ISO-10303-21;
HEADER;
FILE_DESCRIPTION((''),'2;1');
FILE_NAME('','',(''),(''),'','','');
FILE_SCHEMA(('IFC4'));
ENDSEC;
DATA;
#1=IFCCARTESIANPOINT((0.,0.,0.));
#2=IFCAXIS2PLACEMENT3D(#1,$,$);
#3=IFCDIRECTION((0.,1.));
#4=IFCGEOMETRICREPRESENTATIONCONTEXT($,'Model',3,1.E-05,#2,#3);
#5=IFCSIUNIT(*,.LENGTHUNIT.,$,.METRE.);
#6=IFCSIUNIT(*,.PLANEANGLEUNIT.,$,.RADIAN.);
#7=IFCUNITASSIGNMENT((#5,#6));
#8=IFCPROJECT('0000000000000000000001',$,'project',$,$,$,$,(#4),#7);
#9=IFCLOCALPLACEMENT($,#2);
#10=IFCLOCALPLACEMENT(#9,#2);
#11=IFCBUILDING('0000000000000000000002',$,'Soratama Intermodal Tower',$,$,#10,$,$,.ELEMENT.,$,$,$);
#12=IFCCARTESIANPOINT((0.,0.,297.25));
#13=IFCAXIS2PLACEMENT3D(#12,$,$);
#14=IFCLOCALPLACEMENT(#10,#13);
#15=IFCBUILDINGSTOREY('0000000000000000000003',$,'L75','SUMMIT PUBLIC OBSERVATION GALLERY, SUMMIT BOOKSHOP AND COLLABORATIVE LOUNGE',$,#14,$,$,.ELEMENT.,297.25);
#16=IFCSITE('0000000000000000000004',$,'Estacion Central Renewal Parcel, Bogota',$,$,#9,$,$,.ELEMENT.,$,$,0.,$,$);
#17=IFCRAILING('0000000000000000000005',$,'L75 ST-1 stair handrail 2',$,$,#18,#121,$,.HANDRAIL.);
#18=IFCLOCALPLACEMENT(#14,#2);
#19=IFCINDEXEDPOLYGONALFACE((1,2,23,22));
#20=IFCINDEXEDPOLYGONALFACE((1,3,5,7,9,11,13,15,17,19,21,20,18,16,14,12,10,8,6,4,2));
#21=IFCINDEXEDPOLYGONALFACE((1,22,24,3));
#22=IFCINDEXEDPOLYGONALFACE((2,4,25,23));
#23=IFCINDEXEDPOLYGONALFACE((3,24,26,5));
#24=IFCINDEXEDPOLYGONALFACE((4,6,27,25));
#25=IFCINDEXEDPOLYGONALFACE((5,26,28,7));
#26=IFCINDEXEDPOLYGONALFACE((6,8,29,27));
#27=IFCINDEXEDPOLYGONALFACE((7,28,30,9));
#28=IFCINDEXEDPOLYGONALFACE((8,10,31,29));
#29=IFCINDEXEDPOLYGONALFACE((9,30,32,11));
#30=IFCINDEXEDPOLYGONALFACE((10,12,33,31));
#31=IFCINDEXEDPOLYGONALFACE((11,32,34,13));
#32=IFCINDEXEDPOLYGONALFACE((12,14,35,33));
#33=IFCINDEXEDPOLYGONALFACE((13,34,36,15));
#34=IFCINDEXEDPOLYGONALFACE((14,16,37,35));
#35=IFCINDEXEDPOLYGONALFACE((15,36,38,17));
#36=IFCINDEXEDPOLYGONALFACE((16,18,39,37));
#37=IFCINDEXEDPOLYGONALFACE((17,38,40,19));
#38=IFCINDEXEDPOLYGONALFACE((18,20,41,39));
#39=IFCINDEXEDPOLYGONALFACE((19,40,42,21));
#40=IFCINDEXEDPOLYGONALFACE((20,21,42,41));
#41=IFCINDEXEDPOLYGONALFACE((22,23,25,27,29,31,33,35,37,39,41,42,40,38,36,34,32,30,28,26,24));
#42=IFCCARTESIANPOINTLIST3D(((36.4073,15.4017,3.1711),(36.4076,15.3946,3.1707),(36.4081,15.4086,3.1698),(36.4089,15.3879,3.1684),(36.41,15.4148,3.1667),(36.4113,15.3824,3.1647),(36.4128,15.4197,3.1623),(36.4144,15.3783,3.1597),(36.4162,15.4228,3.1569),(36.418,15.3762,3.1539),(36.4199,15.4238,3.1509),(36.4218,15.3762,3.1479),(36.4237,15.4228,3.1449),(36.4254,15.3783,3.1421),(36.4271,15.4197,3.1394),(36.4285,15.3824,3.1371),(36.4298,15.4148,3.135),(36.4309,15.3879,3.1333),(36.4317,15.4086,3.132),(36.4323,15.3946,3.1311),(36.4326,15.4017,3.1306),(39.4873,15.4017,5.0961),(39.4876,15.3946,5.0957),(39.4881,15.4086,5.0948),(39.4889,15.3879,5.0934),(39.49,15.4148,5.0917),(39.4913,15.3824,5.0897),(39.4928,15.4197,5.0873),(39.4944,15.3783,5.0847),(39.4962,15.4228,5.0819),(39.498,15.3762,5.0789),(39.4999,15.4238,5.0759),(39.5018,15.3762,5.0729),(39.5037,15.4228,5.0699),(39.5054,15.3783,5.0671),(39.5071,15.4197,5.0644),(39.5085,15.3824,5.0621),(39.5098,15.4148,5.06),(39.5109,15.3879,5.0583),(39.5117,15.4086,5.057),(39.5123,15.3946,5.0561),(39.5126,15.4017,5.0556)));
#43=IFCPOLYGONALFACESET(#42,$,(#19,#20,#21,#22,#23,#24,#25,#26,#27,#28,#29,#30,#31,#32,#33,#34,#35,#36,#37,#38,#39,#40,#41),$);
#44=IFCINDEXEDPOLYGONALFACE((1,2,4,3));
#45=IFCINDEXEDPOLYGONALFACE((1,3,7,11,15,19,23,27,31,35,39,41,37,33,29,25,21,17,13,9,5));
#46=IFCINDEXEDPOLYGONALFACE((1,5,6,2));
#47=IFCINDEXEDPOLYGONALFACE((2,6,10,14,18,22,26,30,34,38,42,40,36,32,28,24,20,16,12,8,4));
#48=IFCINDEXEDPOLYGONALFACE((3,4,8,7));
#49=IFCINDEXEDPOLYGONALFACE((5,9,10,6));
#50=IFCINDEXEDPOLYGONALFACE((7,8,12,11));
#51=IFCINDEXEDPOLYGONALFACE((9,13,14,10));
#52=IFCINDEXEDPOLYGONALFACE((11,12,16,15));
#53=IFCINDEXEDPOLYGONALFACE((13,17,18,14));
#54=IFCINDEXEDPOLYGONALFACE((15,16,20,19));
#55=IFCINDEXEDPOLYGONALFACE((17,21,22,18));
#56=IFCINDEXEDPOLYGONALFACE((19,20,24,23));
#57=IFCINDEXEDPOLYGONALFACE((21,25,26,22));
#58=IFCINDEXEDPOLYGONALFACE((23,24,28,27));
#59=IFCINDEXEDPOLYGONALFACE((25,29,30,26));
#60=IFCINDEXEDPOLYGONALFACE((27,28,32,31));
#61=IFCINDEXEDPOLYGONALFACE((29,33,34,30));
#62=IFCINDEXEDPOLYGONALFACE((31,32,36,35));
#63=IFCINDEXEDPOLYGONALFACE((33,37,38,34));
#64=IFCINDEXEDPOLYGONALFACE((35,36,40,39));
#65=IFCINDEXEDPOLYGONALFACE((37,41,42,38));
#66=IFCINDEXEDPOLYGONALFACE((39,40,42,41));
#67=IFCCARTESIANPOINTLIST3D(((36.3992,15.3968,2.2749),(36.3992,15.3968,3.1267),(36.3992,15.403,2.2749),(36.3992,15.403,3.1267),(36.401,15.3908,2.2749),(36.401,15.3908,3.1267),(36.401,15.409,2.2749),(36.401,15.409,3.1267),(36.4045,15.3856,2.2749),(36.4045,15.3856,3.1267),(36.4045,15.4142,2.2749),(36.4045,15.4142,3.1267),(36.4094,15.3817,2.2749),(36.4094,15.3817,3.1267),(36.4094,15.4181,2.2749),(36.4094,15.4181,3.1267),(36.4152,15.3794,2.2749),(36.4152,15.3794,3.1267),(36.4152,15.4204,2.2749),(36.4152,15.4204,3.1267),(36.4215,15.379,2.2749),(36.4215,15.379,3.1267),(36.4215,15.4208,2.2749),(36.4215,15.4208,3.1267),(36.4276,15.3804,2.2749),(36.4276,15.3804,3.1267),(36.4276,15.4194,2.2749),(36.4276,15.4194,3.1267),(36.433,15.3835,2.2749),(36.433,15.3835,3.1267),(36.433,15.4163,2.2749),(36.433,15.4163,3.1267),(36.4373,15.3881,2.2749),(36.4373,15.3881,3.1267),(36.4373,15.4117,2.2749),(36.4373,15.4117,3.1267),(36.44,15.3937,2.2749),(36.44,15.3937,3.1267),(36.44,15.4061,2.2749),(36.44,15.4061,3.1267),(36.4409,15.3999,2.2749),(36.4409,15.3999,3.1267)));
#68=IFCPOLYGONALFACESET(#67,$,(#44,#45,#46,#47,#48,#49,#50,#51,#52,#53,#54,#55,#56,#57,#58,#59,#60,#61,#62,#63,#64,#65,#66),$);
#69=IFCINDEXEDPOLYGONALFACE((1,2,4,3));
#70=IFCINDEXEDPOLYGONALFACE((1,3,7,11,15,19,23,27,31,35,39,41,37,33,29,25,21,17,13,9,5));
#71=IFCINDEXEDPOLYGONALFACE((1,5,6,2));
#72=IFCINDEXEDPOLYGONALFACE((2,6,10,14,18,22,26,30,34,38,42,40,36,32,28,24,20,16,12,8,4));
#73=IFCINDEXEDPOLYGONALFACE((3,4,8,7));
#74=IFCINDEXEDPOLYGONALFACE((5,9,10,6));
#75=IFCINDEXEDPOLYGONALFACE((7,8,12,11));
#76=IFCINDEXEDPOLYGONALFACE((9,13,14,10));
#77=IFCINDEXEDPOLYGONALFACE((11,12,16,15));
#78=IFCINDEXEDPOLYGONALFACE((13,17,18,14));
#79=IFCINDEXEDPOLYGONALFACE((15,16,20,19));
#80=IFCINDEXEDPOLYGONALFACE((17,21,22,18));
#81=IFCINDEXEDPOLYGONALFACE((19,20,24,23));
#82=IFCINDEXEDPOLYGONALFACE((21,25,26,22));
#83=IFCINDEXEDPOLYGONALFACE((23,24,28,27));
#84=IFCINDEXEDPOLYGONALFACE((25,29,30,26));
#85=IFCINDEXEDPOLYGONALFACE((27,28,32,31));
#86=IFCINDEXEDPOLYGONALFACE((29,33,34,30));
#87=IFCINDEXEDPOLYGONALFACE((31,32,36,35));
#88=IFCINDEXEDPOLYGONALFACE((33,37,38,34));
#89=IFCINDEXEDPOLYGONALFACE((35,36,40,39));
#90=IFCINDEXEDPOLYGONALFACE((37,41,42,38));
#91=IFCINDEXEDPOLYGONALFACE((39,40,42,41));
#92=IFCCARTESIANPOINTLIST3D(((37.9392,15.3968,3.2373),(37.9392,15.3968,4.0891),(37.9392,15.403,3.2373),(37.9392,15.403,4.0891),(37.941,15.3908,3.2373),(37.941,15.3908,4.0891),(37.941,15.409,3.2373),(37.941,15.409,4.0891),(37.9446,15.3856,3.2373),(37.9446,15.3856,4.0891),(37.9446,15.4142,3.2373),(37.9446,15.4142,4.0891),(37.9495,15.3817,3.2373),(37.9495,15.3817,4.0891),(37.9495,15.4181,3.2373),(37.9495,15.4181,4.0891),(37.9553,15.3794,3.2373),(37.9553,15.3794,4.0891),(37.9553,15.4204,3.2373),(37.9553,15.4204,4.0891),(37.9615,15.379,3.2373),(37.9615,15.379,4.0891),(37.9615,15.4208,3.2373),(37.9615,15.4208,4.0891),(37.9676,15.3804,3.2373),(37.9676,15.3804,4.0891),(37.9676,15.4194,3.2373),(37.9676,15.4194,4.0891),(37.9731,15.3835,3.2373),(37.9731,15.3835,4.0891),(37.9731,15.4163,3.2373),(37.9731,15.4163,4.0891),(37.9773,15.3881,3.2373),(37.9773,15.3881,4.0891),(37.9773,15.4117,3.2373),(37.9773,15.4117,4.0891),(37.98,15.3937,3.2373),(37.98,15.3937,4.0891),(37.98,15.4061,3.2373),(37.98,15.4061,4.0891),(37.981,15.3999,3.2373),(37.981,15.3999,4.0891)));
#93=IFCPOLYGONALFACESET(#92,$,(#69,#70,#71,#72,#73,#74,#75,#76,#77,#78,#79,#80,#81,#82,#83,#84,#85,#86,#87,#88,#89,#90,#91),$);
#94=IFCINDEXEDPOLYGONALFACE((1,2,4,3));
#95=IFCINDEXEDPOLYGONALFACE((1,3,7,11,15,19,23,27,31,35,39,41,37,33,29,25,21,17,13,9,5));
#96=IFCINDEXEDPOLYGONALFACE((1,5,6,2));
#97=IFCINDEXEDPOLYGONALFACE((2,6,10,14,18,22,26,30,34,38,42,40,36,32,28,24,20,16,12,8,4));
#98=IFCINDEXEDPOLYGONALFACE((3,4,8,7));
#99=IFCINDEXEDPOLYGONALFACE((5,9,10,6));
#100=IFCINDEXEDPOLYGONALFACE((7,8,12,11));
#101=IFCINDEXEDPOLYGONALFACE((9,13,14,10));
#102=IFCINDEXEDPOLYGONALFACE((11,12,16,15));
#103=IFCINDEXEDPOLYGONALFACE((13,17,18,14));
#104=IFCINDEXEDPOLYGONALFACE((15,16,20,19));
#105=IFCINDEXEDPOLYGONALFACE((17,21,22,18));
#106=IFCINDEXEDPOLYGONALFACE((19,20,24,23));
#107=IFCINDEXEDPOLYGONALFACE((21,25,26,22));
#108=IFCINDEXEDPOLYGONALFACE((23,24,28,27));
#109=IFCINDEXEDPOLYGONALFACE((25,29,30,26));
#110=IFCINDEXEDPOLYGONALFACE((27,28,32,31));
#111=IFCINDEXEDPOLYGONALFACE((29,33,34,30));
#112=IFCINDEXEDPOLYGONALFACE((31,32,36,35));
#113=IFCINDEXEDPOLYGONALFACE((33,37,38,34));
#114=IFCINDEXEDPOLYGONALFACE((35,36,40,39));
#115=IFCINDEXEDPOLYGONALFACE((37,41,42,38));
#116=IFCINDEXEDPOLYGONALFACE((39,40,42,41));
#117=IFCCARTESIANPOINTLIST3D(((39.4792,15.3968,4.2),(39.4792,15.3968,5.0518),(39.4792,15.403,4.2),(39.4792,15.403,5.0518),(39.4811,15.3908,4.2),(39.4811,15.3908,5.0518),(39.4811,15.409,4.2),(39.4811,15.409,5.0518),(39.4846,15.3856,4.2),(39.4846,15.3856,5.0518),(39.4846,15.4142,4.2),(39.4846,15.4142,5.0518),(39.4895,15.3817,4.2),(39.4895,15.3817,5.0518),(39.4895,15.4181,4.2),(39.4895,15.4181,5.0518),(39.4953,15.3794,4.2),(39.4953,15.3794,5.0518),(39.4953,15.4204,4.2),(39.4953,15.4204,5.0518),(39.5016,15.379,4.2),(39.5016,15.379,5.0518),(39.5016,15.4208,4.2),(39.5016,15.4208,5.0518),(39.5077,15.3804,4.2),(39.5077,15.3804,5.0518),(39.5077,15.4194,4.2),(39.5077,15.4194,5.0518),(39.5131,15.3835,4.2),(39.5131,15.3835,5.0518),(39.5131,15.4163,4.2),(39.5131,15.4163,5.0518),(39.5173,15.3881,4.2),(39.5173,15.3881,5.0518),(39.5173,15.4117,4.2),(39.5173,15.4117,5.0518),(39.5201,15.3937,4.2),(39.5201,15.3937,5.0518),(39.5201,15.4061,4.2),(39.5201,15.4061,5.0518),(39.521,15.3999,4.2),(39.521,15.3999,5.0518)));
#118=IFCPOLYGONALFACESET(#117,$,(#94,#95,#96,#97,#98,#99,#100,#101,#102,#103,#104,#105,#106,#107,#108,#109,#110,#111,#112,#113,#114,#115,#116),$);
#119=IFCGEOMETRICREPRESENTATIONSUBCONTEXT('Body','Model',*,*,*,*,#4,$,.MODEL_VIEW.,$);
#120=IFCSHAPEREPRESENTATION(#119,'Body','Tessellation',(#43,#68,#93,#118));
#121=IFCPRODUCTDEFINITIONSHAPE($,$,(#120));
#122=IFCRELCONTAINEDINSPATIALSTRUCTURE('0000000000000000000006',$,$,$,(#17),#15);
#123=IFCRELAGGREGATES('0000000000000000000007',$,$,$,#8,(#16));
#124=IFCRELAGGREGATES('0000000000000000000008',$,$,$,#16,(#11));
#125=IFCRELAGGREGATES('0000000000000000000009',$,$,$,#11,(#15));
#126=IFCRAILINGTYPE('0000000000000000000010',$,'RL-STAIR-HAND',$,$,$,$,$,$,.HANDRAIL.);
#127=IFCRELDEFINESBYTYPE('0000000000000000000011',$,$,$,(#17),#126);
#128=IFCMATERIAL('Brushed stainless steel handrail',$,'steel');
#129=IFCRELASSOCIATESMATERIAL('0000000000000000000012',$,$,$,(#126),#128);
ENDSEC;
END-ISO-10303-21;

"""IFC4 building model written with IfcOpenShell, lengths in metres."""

from ifc_helpers import new_model, si_unit, direction, frame, origin, origin_2d, place, context, subcontext, project, spatial, circle, extrude, material, type_object, element, save


model = new_model("IFC4")

# Units and contexts
model_context = context("Model", 3, precision=1e-05, world=origin(), true_north=direction((0.0, 1.0)))
body_context = subcontext(model_context, "Body", "Model", "MODEL_VIEW")
ifc_project = project(units=[si_unit("LENGTHUNIT", "METRE"), si_unit("PLANEANGLEUNIT", "RADIAN")], contexts=[model_context])

# Site, building, storey
site_placement = place(None, origin())
site = spatial("IfcSite", under=ifc_project, at=site_placement, Name="Estacion Central Renewal Parcel, Bogota", CompositionType="ELEMENT", RefElevation=0.0)
building_placement = place(site_placement, origin())
building = spatial("IfcBuilding", under=site, at=building_placement, Name="Soratama Intermodal Tower", CompositionType="ELEMENT")
storey_placement = place(building_placement, frame((0.0, 0.0, 297.25)))
storey = spatial("IfcBuildingStorey", under=building, at=storey_placement, Name="L75", Description="SUMMIT PUBLIC OBSERVATION GALLERY, SUMMIT BOOKSHOP AND COLLABORATIVE LOUNGE", CompositionType="ELEMENT", Elevation=297.25)

# Railing
ifc_material_1 = material(Name="Brushed stainless steel handrail", Category="steel")
railing_type_1 = type_object("IfcRailingType", Name="RL-STAIR-HAND", PredefinedType="HANDRAIL", material=ifc_material_1)
railing_1_placement = place(storey_placement, frame((36.4199, 15.3999, 2.2749)))
element("IfcRailing", 1, at=railing_1_placement, inside=storey, type_object=railing_type_1, Name="L75 ST-1 stair handrail 2", PredefinedType="HANDRAIL", context=body_context, shape_type="SweptSolid", body=[
    extrude(circle(Radius=0.0239, at=origin_2d()), frame((0.0, 0.0, 0.876), z_axis=(0.847998, 0.0, 0.529999), x_axis=(0.0, 1.0, 0.0)), (0.0, 0.0, 1.0), 3.6321),
    extrude(circle(Radius=0.021, at=origin_2d()), origin(), (0.0, 0.0, 1.0), 0.8518),
    extrude(circle(Radius=0.021, at=origin_2d()), frame((1.54, 0.0, 0.9624)), (0.0, 0.0, 1.0), 0.8518),
    extrude(circle(Radius=0.021, at=origin_2d()), frame((3.0801, 0.0, 1.925)), (0.0, 0.0, 1.0), 0.8518),
])

save(model, "model.ifc")
